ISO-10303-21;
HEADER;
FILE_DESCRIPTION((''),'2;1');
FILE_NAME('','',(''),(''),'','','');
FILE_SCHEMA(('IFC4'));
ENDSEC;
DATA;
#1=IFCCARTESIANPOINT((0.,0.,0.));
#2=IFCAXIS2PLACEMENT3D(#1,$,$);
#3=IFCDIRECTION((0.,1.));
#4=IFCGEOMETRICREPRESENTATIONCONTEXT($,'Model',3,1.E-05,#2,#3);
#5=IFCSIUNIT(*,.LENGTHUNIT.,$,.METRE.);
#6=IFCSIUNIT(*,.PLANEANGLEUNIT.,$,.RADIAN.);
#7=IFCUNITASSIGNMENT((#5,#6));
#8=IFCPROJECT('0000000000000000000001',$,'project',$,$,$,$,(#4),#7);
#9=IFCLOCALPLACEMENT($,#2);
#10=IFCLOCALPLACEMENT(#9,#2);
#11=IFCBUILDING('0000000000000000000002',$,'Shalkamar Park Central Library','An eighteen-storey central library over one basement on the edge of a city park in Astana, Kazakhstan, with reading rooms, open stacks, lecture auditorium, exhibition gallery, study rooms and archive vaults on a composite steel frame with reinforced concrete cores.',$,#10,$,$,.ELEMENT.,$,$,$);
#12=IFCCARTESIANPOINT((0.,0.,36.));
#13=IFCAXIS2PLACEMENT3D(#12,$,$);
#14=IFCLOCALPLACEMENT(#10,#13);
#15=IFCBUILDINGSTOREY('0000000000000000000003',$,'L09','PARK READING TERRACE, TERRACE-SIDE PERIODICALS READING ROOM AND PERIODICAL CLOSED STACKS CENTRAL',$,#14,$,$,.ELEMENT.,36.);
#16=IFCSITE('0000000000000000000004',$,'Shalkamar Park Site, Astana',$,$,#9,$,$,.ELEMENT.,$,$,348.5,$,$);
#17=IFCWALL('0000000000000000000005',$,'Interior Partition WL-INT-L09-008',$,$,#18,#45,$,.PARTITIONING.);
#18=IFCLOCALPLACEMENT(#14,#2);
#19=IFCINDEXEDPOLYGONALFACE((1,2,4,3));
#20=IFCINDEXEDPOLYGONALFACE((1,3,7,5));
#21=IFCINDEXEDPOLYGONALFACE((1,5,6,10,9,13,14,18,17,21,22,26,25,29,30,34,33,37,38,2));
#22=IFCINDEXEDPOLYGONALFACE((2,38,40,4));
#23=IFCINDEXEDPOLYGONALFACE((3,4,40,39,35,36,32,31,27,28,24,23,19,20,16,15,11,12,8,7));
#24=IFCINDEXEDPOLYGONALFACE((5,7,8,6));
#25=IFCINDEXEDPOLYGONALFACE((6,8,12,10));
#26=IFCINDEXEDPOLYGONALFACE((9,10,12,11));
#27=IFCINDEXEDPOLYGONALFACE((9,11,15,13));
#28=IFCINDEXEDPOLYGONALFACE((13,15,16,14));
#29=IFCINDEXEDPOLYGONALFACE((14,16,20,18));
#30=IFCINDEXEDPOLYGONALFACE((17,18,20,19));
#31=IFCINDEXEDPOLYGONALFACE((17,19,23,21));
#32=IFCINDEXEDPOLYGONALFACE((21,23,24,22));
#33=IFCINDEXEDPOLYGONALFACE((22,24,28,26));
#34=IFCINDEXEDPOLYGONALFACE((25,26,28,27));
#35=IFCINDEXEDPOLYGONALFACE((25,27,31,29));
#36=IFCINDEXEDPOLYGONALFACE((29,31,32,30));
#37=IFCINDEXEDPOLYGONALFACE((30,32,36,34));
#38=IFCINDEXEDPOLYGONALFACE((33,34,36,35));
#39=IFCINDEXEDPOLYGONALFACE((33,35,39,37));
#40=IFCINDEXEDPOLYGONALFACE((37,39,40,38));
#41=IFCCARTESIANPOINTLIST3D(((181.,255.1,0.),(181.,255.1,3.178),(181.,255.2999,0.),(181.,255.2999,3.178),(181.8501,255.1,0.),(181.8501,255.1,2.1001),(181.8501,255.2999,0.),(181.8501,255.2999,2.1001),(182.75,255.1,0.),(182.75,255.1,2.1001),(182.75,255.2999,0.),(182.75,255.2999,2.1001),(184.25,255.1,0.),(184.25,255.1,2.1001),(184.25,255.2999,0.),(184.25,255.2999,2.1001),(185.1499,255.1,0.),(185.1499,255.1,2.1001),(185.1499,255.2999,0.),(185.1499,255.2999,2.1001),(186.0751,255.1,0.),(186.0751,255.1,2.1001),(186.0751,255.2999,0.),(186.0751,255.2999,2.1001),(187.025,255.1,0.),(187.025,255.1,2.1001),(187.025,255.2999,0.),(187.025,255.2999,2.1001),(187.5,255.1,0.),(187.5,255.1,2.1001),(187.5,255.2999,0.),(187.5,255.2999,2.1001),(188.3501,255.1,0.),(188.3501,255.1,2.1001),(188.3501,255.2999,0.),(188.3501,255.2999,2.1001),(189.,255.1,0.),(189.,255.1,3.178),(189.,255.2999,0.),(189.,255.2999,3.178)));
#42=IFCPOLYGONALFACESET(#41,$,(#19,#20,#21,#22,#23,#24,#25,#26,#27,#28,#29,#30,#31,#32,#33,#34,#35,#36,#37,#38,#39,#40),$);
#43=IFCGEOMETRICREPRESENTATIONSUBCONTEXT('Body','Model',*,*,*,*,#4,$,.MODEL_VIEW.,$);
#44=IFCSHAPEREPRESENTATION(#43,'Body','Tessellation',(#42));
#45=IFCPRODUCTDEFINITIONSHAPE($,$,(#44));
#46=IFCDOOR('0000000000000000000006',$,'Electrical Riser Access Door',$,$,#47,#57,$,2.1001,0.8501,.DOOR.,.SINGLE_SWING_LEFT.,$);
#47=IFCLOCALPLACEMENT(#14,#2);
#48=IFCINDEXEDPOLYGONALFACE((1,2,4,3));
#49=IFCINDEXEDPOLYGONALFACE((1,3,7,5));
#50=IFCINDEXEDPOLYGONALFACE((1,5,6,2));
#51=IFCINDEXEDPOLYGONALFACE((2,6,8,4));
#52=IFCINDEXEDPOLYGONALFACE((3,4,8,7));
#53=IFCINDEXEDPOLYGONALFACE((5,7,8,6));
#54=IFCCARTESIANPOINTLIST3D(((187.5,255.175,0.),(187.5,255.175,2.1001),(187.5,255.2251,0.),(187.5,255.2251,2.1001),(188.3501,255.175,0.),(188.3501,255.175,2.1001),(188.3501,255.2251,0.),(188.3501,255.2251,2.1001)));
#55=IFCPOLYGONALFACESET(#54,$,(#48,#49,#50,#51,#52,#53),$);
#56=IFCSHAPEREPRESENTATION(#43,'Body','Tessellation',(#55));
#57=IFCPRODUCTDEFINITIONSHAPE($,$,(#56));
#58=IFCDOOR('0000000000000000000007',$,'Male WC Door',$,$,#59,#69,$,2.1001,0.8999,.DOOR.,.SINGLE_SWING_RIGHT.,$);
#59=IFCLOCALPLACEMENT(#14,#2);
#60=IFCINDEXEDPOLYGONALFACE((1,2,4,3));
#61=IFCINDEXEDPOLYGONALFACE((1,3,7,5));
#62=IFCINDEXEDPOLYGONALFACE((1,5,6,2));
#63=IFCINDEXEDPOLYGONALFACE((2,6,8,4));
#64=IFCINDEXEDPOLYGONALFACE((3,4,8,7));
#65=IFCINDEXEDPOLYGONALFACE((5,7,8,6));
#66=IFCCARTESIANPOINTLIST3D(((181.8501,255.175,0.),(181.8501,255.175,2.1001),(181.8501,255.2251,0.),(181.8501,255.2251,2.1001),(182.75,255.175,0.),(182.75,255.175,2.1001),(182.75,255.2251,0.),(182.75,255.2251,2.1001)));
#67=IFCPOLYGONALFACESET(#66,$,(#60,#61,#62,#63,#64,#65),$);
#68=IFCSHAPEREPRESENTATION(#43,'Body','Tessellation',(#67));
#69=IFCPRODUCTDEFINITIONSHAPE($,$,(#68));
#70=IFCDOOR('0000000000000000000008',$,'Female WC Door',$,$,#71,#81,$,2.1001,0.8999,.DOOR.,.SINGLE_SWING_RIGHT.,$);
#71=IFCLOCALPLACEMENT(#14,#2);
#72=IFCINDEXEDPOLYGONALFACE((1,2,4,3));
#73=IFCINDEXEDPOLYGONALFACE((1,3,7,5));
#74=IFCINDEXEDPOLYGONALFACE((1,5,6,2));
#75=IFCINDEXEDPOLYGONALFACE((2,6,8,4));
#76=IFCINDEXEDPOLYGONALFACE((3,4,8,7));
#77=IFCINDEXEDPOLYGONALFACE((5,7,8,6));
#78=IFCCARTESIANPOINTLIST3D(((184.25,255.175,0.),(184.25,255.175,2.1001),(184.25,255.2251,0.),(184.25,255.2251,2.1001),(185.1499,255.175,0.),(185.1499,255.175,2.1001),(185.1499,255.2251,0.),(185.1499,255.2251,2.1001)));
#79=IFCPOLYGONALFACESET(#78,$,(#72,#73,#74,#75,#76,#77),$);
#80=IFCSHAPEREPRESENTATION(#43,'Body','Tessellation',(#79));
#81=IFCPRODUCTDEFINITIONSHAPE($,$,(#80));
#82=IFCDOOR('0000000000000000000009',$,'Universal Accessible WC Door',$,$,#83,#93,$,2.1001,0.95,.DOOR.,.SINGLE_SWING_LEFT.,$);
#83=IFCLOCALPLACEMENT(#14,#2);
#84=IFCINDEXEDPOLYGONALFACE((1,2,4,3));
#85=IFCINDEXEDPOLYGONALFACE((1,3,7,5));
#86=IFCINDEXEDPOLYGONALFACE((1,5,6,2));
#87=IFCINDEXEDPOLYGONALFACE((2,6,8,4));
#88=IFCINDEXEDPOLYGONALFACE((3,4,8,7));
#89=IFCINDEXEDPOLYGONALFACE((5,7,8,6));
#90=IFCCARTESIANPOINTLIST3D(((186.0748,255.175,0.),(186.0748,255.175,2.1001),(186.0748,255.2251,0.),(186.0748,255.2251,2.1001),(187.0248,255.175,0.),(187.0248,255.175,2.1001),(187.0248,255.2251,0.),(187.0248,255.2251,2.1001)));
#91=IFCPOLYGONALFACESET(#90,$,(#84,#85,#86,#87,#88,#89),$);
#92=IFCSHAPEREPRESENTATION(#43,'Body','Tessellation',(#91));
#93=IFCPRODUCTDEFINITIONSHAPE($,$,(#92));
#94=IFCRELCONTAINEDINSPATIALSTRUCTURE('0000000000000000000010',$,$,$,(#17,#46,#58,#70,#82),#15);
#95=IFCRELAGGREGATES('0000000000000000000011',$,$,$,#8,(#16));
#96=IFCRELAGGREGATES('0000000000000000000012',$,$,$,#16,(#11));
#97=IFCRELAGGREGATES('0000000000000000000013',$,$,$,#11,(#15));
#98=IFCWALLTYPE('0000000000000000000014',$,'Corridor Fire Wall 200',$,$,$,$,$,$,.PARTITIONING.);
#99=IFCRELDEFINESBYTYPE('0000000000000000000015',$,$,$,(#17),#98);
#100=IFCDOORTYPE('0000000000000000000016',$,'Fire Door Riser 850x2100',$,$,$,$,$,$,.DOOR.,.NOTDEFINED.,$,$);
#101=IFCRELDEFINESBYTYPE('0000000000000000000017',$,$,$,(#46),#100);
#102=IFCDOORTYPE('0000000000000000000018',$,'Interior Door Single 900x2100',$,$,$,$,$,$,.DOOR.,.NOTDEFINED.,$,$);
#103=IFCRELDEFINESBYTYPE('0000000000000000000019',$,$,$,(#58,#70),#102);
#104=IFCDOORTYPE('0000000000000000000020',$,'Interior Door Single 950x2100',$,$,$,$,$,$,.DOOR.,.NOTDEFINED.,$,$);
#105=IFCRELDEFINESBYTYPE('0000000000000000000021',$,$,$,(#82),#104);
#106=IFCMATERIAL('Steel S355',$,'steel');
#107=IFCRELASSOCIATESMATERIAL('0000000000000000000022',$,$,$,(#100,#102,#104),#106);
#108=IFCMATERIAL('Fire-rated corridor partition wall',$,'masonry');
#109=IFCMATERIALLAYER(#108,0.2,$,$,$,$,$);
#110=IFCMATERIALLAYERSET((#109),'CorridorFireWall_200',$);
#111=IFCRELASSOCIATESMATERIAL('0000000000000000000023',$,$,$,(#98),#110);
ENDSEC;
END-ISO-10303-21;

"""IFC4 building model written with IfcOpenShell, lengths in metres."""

from ifc_helpers import new_model, si_unit, direction, frame, frame_2d, origin, place, context, subcontext, project, spatial, rectangle, extrude, material, layer, layer_set, type_object, element, fill, save


model = new_model("IFC4")

# Units and contexts
model_context = context("Model", 3, precision=1e-05, world=origin(), true_north=direction((0.0, 1.0)))
body_context = subcontext(model_context, "Body", "Model", "MODEL_VIEW")
ifc_project = project(units=[si_unit("LENGTHUNIT", "METRE"), si_unit("PLANEANGLEUNIT", "RADIAN")], contexts=[model_context])

# Site, building, storey
site_placement = place(None, origin())
site = spatial("IfcSite", under=ifc_project, at=site_placement, Name="Shalkamar Park Site, Astana", CompositionType="ELEMENT", RefElevation=348.5)
building_placement = place(site_placement, origin())
building = spatial("IfcBuilding", under=site, at=building_placement, Name="Shalkamar Park Central Library", Description="An eighteen-storey central library over one basement on the edge of a city park in Astana, Kazakhstan, with reading rooms, open stacks, lecture auditorium, exhibition gallery, study rooms and archive vaults on a composite steel frame with reinforced concrete cores.", CompositionType="ELEMENT")
storey_placement = place(building_placement, frame((0.0, 0.0, 36.0)))
storey = spatial("IfcBuildingStorey", under=building, at=storey_placement, Name="L09", Description="PARK READING TERRACE, TERRACE-SIDE PERIODICALS READING ROOM AND PERIODICAL CLOSED STACKS CENTRAL", CompositionType="ELEMENT", Elevation=36.0)

# Shared definitions
ifc_material_1 = material(Name="Steel S355", Category="steel")

# Shared definitions
door_type_1 = type_object("IfcDoorType", Name="Fire Door Riser 850x2100", OperationType="NOTDEFINED", PredefinedType="DOOR", material=ifc_material_1)

# Wall, openings, doors
ifc_material_2 = material(Name="Fire-rated corridor partition wall", Category="masonry")
ifc_layer_1 = layer(ifc_material_2, 0.2)
ifc_layer_set_1 = layer_set([ifc_layer_1], Name="CorridorFireWall_200")
wall_type_1 = type_object("IfcWallType", Name="Corridor Fire Wall 200", PredefinedType="PARTITIONING", material=ifc_layer_set_1)
wall_1_placement = place(storey_placement, frame((181.0, 255.2, 0.0), z_axis=(0.0, 0.0, 1.0), x_axis=(1.0, 0.0, 0.0)))
wall_1 = element("IfcWall", 1, at=wall_1_placement, inside=storey, type_object=wall_type_1, Name="Interior Partition WL-INT-L09-008", PredefinedType="PARTITIONING", context=body_context, shape_type="SweptSolid", body=[
    extrude(rectangle(XDim=8.0, YDim=0.2, at=frame_2d((4.0, 0.0))), origin(), (0.0, 0.0, 1.0), 3.178),
])
opening_1_placement = place(wall_1_placement, frame((0.8501, 0.0, 0.0)))
opening_1 = element("IfcOpeningElement", 2, at=opening_1_placement, cuts=wall_1, PredefinedType="OPENING", context=body_context, shape_type="SweptSolid", body=[
    extrude(rectangle(XDim=0.8999, YDim=2.1001, at=frame_2d((0.45, 1.05))), frame((0.0, 0.1147, 0.0), z_axis=(0.0, -1.0, 0.0), x_axis=(1.0, 0.0, 0.0)), (0.0, 0.0, 1.0), 0.2297),
])
opening_2_placement = place(wall_1_placement, frame((3.25, 0.0, 0.0)))
opening_2 = element("IfcOpeningElement", 3, at=opening_2_placement, cuts=wall_1, PredefinedType="OPENING", context=body_context, shape_type="SweptSolid", body=[
    extrude(rectangle(XDim=0.8999, YDim=2.1001, at=frame_2d((0.45, 1.05))), frame((0.0, 0.1147, 0.0), z_axis=(0.0, -1.0, 0.0), x_axis=(1.0, 0.0, 0.0)), (0.0, 0.0, 1.0), 0.2297),
])
opening_3_placement = place(wall_1_placement, frame((5.075, 0.0, 0.0)))
opening_3 = element("IfcOpeningElement", 4, at=opening_3_placement, cuts=wall_1, PredefinedType="OPENING", context=body_context, shape_type="SweptSolid", body=[
    extrude(rectangle(XDim=0.95, YDim=2.1001, at=frame_2d((0.4751, 1.05))), frame((0.0, 0.1147, 0.0), z_axis=(0.0, -1.0, 0.0), x_axis=(1.0, 0.0, 0.0)), (0.0, 0.0, 1.0), 0.2297),
])
opening_4_placement = place(wall_1_placement, frame((6.5, 0.0, 0.0)))
opening_4 = element("IfcOpeningElement", 5, at=opening_4_placement, cuts=wall_1, PredefinedType="OPENING", context=body_context, shape_type="SweptSolid", body=[
    extrude(rectangle(XDim=0.8501, YDim=2.1001, at=frame_2d((0.425, 1.05))), frame((0.0, 0.1147, 0.0), z_axis=(0.0, -1.0, 0.0), x_axis=(1.0, 0.0, 0.0)), (0.0, 0.0, 1.0), 0.2297),
])
door_1_placement = place(opening_4_placement, frame((0.8501, 0.0, 0.0), z_axis=(0.0, 0.0, 1.0), x_axis=(-1.0, 0.0, 0.0)))
door_1 = element("IfcDoor", 6, at=door_1_placement, inside=storey, type_object=door_type_1, Name="Electrical Riser Access Door", OperationType="SINGLE_SWING_LEFT", OverallHeight=2.1001, OverallWidth=0.8501, PredefinedType="DOOR", context=body_context, shape_type="SweptSolid", body=[
    extrude(rectangle(XDim=0.8501, YDim=2.1001, at=frame_2d((0.425, 1.05))), frame((0.0, 0.0249, 0.0), z_axis=(0.0, -1.0, 0.0), x_axis=(1.0, 0.0, 0.0)), (0.0, 0.0, 1.0), 0.05),
])
fill(opening_4, door_1)
door_type_2 = type_object("IfcDoorType", Name="Interior Door Single 900x2100", OperationType="NOTDEFINED", PredefinedType="DOOR", material=ifc_material_1)
door_2_placement = place(opening_1_placement, frame((0.8999, 0.0, 0.0), z_axis=(0.0, 0.0, 1.0), x_axis=(-1.0, 0.0, 0.0)))
door_2 = element("IfcDoor", 7, at=door_2_placement, inside=storey, type_object=door_type_2, Name="Male WC Door", OperationType="SINGLE_SWING_RIGHT", OverallHeight=2.1001, OverallWidth=0.8999, PredefinedType="DOOR", context=body_context, shape_type="SweptSolid", body=[
    extrude(rectangle(XDim=0.8999, YDim=2.1001, at=frame_2d((0.45, 1.05))), frame((0.0, 0.0249, 0.0), z_axis=(0.0, -1.0, 0.0), x_axis=(1.0, 0.0, 0.0)), (0.0, 0.0, 1.0), 0.05),
])
fill(opening_1, door_2)
door_3_placement = place(opening_2_placement, frame((0.8999, 0.0, 0.0), z_axis=(0.0, 0.0, 1.0), x_axis=(-1.0, 0.0, 0.0)))
door_3 = element("IfcDoor", 8, at=door_3_placement, inside=storey, type_object=door_type_2, Name="Female WC Door", OperationType="SINGLE_SWING_RIGHT", OverallHeight=2.1001, OverallWidth=0.8999, PredefinedType="DOOR", context=body_context, shape_type="SweptSolid", body=[
    extrude(rectangle(XDim=0.8999, YDim=2.1001, at=frame_2d((0.45, 1.05))), frame((0.0, 0.0249, 0.0), z_axis=(0.0, -1.0, 0.0), x_axis=(1.0, 0.0, 0.0)), (0.0, 0.0, 1.0), 0.05),
])
fill(opening_2, door_3)
door_type_3 = type_object("IfcDoorType", Name="Interior Door Single 950x2100", OperationType="NOTDEFINED", PredefinedType="DOOR", material=ifc_material_1)
door_4_placement = place(opening_3_placement, frame((0.95, 0.0, 0.0), z_axis=(0.0, 0.0, 1.0), x_axis=(-1.0, 0.0, 0.0)))
door_4 = element("IfcDoor", 9, at=door_4_placement, inside=storey, type_object=door_type_3, Name="Universal Accessible WC Door", OperationType="SINGLE_SWING_LEFT", OverallHeight=2.1001, OverallWidth=0.95, PredefinedType="DOOR", context=body_context, shape_type="SweptSolid", body=[
    extrude(rectangle(XDim=0.95, YDim=2.1001, at=frame_2d((0.4751, 1.05))), frame((0.0, 0.0249, 0.0), z_axis=(0.0, -1.0, 0.0), x_axis=(1.0, 0.0, 0.0)), (0.0, 0.0, 1.0), 0.05),
])
fill(opening_3, door_4)

save(model, "model.ifc")
